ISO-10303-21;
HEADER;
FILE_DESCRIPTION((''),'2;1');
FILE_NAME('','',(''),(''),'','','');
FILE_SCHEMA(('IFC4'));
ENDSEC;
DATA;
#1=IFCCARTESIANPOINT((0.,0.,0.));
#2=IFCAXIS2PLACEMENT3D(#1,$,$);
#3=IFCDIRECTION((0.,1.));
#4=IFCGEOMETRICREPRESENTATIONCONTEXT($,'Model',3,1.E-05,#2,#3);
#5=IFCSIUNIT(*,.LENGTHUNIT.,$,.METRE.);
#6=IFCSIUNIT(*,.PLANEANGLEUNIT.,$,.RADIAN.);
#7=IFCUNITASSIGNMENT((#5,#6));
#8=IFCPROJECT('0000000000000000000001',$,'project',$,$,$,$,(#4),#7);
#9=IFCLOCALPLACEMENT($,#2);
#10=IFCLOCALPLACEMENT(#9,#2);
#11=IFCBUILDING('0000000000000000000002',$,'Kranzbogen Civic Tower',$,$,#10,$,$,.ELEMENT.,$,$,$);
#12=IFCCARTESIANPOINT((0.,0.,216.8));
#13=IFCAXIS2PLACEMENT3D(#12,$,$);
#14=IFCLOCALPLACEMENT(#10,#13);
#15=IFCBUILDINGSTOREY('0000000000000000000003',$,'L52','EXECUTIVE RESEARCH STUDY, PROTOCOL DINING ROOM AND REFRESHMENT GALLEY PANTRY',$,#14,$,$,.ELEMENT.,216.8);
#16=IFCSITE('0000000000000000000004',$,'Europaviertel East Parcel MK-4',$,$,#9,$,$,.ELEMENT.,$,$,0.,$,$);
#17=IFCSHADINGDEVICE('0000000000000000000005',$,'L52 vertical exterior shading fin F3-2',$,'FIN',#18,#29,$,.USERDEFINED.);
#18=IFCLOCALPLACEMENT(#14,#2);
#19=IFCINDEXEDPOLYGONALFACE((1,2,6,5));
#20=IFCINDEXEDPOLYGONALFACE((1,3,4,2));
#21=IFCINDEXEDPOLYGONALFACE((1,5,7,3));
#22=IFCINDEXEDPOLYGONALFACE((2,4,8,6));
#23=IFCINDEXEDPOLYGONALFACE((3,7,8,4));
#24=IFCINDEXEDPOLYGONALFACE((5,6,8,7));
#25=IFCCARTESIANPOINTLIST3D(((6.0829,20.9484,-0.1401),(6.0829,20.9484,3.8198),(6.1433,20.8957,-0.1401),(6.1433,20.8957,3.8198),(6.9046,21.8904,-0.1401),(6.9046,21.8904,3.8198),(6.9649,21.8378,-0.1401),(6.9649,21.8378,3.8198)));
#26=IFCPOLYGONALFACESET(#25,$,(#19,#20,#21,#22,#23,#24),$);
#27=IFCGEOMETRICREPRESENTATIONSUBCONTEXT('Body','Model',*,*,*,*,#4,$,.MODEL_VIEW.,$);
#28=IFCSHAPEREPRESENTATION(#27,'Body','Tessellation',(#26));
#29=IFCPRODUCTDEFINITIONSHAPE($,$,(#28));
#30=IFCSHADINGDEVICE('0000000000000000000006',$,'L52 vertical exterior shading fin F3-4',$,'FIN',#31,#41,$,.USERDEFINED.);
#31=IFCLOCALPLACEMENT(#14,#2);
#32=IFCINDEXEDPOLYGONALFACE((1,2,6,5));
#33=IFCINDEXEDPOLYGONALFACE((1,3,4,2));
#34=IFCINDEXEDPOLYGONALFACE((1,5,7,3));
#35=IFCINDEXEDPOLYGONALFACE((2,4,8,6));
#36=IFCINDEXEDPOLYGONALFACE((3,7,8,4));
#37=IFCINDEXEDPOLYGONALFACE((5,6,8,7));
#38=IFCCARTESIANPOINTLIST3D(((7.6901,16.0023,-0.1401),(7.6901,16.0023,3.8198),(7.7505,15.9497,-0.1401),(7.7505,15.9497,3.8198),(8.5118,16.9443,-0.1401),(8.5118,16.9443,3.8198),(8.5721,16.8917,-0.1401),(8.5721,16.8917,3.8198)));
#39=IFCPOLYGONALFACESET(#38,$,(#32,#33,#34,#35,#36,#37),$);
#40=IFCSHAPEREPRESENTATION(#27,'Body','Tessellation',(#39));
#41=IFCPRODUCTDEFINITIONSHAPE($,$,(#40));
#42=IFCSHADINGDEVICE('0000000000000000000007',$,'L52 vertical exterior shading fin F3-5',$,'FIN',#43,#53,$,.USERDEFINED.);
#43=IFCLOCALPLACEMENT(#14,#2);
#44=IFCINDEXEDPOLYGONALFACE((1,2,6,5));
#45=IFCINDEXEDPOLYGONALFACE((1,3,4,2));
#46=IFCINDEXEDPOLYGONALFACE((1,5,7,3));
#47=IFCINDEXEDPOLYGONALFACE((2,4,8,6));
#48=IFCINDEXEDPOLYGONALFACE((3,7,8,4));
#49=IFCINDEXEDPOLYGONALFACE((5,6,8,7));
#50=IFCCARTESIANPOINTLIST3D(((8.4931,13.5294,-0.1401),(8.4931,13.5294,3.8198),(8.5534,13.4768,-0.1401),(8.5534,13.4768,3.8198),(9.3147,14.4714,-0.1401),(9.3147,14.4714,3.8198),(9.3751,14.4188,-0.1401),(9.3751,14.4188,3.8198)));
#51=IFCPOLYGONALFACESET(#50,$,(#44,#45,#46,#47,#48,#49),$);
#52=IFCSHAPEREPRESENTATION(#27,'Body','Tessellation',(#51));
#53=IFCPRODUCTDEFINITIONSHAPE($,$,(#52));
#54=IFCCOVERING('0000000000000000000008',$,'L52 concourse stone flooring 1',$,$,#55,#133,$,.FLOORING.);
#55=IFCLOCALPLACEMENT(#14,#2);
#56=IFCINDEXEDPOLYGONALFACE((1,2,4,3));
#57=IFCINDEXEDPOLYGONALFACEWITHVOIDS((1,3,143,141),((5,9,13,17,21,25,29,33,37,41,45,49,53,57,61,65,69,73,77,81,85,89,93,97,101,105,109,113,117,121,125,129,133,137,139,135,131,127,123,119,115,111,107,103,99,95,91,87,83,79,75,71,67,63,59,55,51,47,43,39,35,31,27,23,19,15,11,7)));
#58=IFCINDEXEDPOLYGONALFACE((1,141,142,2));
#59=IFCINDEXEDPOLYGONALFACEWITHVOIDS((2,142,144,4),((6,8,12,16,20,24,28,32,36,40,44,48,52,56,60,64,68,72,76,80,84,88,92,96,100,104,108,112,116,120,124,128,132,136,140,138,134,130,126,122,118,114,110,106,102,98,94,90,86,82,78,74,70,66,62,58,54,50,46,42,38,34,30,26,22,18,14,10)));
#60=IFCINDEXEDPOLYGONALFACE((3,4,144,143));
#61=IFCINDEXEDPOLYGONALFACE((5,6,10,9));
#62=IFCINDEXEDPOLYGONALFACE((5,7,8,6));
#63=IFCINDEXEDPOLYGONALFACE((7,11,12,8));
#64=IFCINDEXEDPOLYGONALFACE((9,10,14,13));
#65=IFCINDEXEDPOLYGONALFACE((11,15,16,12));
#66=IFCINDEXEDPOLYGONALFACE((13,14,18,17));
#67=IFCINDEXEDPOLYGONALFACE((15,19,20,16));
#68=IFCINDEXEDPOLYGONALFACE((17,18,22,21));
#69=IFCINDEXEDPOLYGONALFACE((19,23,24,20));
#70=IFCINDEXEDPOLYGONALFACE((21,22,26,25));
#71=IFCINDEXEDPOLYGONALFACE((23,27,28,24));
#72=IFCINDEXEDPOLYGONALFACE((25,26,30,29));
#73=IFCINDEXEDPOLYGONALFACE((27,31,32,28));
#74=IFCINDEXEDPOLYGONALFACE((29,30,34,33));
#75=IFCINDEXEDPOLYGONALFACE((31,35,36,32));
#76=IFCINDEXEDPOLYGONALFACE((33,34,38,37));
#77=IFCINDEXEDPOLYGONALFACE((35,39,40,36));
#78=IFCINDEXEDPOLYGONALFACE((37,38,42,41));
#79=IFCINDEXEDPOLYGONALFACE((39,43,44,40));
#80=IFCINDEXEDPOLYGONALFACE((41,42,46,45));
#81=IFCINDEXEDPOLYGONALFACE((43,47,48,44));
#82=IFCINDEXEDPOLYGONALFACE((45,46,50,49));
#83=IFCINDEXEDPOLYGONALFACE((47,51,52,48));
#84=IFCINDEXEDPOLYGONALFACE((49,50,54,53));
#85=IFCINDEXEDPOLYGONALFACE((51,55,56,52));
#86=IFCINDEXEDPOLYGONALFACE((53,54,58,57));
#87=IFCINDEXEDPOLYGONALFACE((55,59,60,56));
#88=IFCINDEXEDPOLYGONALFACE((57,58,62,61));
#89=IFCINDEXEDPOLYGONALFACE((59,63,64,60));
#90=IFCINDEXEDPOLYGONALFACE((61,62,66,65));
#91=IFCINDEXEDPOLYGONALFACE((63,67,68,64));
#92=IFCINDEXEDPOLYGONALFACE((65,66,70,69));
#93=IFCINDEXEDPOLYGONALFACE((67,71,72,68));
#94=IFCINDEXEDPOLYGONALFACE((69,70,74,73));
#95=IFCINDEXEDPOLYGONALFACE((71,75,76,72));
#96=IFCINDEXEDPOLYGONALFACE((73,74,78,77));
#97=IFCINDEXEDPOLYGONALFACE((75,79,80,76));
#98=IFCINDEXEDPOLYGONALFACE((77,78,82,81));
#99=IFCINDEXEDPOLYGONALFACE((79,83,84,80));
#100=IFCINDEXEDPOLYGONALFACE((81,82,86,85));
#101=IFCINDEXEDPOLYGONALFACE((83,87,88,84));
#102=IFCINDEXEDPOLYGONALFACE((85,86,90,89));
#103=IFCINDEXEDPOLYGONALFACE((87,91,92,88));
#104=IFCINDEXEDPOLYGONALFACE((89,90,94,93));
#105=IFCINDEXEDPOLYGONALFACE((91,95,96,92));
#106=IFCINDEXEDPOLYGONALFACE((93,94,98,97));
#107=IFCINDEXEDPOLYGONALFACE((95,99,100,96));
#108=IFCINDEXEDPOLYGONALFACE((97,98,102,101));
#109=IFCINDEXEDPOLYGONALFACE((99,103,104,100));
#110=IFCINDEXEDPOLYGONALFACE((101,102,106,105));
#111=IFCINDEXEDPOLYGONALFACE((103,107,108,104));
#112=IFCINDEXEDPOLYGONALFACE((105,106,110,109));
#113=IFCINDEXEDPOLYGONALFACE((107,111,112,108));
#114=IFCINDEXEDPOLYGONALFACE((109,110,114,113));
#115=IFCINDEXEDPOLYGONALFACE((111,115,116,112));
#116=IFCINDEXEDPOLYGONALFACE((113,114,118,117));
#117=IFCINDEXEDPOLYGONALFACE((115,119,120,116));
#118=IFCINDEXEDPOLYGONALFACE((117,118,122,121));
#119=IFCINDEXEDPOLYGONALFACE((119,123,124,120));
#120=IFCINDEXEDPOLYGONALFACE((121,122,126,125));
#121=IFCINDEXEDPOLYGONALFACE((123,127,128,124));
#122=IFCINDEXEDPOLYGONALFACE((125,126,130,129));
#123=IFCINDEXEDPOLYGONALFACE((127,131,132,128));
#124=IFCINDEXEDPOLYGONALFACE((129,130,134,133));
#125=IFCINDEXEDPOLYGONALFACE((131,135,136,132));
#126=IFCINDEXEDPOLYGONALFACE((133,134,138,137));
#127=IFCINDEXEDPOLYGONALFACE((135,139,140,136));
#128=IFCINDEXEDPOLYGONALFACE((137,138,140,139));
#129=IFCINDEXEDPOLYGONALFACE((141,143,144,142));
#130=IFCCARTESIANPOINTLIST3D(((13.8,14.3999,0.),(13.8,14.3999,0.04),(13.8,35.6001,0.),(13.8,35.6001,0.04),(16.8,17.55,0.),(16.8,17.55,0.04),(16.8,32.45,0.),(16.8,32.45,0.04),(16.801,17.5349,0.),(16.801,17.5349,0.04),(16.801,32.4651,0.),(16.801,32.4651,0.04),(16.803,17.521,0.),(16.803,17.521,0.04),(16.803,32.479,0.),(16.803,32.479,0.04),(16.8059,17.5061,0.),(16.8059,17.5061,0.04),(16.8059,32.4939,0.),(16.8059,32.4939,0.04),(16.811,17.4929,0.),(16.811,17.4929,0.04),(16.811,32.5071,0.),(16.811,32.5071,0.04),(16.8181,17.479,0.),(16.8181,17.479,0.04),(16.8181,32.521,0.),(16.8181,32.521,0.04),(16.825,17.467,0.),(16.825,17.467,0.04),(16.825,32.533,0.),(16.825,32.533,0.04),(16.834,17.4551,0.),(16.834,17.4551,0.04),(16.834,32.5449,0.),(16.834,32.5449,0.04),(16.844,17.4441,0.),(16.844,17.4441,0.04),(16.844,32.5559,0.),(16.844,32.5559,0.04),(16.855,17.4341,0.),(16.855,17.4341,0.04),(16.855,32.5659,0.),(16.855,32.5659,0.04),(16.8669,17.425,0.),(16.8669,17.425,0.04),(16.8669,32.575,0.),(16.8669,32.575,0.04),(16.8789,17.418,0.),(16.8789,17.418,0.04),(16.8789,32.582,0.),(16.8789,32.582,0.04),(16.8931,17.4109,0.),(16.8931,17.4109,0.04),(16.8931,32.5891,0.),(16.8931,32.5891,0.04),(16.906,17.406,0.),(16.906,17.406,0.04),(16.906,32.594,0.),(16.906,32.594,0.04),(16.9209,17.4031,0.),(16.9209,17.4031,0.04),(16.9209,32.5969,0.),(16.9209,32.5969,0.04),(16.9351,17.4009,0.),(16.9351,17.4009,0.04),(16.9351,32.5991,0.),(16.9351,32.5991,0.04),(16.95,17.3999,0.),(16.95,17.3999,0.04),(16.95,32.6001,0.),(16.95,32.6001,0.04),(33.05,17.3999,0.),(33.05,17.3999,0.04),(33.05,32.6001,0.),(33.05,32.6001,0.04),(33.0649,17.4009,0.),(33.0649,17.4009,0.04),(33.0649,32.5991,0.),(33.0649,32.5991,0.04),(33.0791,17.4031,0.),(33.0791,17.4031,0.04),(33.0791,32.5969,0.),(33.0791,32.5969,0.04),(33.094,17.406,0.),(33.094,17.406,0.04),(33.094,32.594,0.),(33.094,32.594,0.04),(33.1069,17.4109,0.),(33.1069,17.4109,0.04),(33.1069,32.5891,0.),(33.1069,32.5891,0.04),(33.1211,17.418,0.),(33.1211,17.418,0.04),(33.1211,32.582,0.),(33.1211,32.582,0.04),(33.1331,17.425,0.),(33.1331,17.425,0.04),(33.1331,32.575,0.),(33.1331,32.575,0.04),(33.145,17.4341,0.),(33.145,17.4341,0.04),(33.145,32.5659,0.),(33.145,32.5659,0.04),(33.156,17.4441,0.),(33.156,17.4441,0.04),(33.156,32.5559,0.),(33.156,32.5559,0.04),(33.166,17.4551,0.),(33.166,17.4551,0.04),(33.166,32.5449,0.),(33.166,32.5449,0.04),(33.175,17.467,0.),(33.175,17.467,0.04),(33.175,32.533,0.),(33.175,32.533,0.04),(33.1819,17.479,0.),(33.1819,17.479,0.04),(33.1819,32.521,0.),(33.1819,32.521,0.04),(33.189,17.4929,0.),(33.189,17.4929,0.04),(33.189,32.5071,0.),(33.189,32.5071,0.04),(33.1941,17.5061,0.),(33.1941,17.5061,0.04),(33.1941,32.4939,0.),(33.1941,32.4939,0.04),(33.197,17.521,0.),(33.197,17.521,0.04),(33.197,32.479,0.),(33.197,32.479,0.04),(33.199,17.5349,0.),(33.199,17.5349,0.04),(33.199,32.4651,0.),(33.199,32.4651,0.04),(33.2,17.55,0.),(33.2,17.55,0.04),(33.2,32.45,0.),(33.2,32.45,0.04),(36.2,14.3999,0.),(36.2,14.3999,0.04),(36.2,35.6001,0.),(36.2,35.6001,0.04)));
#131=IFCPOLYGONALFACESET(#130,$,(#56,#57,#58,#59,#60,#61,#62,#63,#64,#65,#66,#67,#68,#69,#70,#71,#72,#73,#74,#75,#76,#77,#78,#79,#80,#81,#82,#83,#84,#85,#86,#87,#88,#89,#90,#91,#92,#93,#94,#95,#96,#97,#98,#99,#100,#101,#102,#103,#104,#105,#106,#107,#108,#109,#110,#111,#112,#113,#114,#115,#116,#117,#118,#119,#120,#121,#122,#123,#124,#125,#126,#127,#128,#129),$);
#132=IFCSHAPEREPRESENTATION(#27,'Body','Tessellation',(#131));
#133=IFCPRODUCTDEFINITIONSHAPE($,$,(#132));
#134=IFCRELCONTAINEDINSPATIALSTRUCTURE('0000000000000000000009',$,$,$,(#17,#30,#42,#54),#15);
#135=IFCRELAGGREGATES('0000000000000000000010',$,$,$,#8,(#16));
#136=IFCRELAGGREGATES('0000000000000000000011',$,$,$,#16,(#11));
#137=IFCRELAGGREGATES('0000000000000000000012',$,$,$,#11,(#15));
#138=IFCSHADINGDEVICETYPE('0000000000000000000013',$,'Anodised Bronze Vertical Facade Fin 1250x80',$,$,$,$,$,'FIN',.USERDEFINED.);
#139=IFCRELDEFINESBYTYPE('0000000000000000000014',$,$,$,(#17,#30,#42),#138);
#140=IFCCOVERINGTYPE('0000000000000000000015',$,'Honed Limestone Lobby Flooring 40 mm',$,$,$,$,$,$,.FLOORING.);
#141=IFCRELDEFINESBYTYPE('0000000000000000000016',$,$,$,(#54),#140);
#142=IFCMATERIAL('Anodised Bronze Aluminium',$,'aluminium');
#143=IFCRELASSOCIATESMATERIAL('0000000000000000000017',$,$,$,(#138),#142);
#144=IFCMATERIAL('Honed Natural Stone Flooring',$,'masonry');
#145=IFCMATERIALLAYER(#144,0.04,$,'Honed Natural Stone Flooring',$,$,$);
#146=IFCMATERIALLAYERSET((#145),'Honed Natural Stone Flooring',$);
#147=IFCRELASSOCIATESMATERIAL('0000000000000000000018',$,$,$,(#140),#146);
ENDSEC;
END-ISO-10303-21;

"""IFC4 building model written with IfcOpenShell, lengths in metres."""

from ifc_helpers import new_model, si_unit, direction, frame, origin, origin_2d, place, context, subcontext, project, spatial, polyline, rectangle, outline, extrude, material, layer, layer_set, type_object, element, save


model = new_model("IFC4")

# Units and contexts
model_context = context("Model", 3, precision=1e-05, world=origin(), true_north=direction((0.0, 1.0)))
body_context = subcontext(model_context, "Body", "Model", "MODEL_VIEW")
ifc_project = project(units=[si_unit("LENGTHUNIT", "METRE"), si_unit("PLANEANGLEUNIT", "RADIAN")], contexts=[model_context])

# Site, building, storey
site_placement = place(None, origin())
site = spatial("IfcSite", under=ifc_project, at=site_placement, Name="Europaviertel East Parcel MK-4", CompositionType="ELEMENT", RefElevation=0.0)
building_placement = place(site_placement, origin())
building = spatial("IfcBuilding", under=site, at=building_placement, Name="Kranzbogen Civic Tower", CompositionType="ELEMENT")
storey_placement = place(building_placement, frame((0.0, 0.0, 216.8)))
storey = spatial("IfcBuildingStorey", under=building, at=storey_placement, Name="L52", Description="EXECUTIVE RESEARCH STUDY, PROTOCOL DINING ROOM AND REFRESHMENT GALLEY PANTRY", CompositionType="ELEMENT", Elevation=216.8)

# Shading devices
ifc_material_1 = material(Name="Anodised Bronze Aluminium", Category="aluminium")
shading_device_type = type_object("IfcShadingDeviceType", Name="Anodised Bronze Vertical Facade Fin 1250x80", ElementType="FIN", PredefinedType="USERDEFINED", material=ifc_material_1)
for number, where, z_axis, x_axis, name in (
    (1, (6.5239, 21.3931, -0.1401), (0.0, 0.0, 1.0), (-0.657323, -0.753609, 0.0), "L52 vertical exterior shading fin F3-2"),
    (2, (8.1311, 16.447, -0.1401), (0.0, 0.0, 1.0), (-0.657323, -0.753609, 0.0), "L52 vertical exterior shading fin F3-4"),
    (3, (8.9341, 13.9741, -0.1401), (0.0, 0.0, 1.0), (-0.657323, -0.753609, 0.0), "L52 vertical exterior shading fin F3-5"),
):
    element("IfcShadingDevice", number, at=place(storey_placement, frame(where, z_axis=z_axis, x_axis=x_axis)), inside=storey, type_object=shading_device_type, Name=name, ObjectType="FIN", PredefinedType="USERDEFINED", context=body_context, shape_type="SweptSolid", body=[
        extrude(rectangle(XDim=1.25, YDim=0.0801, at=origin_2d()), origin(), (0.0, 0.0, 1.0), 3.96),
    ])

# Covering
ifc_material_2 = material(Name="Honed Natural Stone Flooring", Category="masonry")
ifc_layer_1 = layer(ifc_material_2, 0.04, Name="Honed Natural Stone Flooring")
ifc_layer_set_1 = layer_set([ifc_layer_1], Name="Honed Natural Stone Flooring")
covering_type_1 = type_object("IfcCoveringType", Name="Honed Limestone Lobby Flooring 40 mm", PredefinedType="FLOORING", material=ifc_layer_set_1)
covering_1_placement = place(storey_placement, origin())
element("IfcCovering", 4, at=covering_1_placement, inside=storey, type_object=covering_type_1, Name="L52 concourse stone flooring 1", PredefinedType="FLOORING", context=body_context, shape_type="SweptSolid", body=[
    extrude(outline(polyline([(13.8, 35.6001), (36.2, 35.6001), (36.2, 14.3999), (13.8, 14.3999), (13.8, 35.6001)]), holes=[polyline([(33.05, 32.6001), (33.0649, 32.5991), (33.0791, 32.5969), (33.094, 32.594), (33.1069, 32.5891), (33.1211, 32.582), (33.1331, 32.575), (33.145, 32.5659), (33.156, 32.5559), (33.166, 32.5449), (33.175, 32.533), (33.1819, 32.521), (33.189, 32.5071), (33.1941, 32.4939), (33.197, 32.479), (33.199, 32.4651), (33.2, 32.45), (33.2, 17.55), (33.199, 17.5349), (33.197, 17.521), (33.1941, 17.5061), (33.189, 17.4929), (33.1819, 17.479), (33.175, 17.467), (33.166, 17.4551), (33.156, 17.4441), (33.145, 17.4341), (33.1331, 17.425), (33.1211, 17.418), (33.1069, 17.4109), (33.094, 17.406), (33.0791, 17.4031), (33.0649, 17.4009), (33.05, 17.3999), (16.95, 17.3999), (16.9351, 17.4009), (16.9209, 17.4031), (16.906, 17.406), (16.8931, 17.4109), (16.8789, 17.418), (16.8669, 17.425), (16.855, 17.4341), (16.844, 17.4441), (16.834, 17.4551), (16.825, 17.467), (16.8181, 17.479), (16.811, 17.4929), (16.8059, 17.5061), (16.803, 17.521), (16.801, 17.5349), (16.8, 17.55), (16.8, 32.45), (16.801, 32.4651), (16.803, 32.479), (16.8059, 32.4939), (16.811, 32.5071), (16.8181, 32.521), (16.825, 32.533), (16.834, 32.5449), (16.844, 32.5559), (16.855, 32.5659), (16.8669, 32.575), (16.8789, 32.582), (16.8931, 32.5891), (16.906, 32.594), (16.9209, 32.5969), (16.9351, 32.5991), (16.95, 32.6001), (33.05, 32.6001)])]), origin(), (0.0, 0.0, 1.0), 0.04),
])

save(model, "model.ifc")
